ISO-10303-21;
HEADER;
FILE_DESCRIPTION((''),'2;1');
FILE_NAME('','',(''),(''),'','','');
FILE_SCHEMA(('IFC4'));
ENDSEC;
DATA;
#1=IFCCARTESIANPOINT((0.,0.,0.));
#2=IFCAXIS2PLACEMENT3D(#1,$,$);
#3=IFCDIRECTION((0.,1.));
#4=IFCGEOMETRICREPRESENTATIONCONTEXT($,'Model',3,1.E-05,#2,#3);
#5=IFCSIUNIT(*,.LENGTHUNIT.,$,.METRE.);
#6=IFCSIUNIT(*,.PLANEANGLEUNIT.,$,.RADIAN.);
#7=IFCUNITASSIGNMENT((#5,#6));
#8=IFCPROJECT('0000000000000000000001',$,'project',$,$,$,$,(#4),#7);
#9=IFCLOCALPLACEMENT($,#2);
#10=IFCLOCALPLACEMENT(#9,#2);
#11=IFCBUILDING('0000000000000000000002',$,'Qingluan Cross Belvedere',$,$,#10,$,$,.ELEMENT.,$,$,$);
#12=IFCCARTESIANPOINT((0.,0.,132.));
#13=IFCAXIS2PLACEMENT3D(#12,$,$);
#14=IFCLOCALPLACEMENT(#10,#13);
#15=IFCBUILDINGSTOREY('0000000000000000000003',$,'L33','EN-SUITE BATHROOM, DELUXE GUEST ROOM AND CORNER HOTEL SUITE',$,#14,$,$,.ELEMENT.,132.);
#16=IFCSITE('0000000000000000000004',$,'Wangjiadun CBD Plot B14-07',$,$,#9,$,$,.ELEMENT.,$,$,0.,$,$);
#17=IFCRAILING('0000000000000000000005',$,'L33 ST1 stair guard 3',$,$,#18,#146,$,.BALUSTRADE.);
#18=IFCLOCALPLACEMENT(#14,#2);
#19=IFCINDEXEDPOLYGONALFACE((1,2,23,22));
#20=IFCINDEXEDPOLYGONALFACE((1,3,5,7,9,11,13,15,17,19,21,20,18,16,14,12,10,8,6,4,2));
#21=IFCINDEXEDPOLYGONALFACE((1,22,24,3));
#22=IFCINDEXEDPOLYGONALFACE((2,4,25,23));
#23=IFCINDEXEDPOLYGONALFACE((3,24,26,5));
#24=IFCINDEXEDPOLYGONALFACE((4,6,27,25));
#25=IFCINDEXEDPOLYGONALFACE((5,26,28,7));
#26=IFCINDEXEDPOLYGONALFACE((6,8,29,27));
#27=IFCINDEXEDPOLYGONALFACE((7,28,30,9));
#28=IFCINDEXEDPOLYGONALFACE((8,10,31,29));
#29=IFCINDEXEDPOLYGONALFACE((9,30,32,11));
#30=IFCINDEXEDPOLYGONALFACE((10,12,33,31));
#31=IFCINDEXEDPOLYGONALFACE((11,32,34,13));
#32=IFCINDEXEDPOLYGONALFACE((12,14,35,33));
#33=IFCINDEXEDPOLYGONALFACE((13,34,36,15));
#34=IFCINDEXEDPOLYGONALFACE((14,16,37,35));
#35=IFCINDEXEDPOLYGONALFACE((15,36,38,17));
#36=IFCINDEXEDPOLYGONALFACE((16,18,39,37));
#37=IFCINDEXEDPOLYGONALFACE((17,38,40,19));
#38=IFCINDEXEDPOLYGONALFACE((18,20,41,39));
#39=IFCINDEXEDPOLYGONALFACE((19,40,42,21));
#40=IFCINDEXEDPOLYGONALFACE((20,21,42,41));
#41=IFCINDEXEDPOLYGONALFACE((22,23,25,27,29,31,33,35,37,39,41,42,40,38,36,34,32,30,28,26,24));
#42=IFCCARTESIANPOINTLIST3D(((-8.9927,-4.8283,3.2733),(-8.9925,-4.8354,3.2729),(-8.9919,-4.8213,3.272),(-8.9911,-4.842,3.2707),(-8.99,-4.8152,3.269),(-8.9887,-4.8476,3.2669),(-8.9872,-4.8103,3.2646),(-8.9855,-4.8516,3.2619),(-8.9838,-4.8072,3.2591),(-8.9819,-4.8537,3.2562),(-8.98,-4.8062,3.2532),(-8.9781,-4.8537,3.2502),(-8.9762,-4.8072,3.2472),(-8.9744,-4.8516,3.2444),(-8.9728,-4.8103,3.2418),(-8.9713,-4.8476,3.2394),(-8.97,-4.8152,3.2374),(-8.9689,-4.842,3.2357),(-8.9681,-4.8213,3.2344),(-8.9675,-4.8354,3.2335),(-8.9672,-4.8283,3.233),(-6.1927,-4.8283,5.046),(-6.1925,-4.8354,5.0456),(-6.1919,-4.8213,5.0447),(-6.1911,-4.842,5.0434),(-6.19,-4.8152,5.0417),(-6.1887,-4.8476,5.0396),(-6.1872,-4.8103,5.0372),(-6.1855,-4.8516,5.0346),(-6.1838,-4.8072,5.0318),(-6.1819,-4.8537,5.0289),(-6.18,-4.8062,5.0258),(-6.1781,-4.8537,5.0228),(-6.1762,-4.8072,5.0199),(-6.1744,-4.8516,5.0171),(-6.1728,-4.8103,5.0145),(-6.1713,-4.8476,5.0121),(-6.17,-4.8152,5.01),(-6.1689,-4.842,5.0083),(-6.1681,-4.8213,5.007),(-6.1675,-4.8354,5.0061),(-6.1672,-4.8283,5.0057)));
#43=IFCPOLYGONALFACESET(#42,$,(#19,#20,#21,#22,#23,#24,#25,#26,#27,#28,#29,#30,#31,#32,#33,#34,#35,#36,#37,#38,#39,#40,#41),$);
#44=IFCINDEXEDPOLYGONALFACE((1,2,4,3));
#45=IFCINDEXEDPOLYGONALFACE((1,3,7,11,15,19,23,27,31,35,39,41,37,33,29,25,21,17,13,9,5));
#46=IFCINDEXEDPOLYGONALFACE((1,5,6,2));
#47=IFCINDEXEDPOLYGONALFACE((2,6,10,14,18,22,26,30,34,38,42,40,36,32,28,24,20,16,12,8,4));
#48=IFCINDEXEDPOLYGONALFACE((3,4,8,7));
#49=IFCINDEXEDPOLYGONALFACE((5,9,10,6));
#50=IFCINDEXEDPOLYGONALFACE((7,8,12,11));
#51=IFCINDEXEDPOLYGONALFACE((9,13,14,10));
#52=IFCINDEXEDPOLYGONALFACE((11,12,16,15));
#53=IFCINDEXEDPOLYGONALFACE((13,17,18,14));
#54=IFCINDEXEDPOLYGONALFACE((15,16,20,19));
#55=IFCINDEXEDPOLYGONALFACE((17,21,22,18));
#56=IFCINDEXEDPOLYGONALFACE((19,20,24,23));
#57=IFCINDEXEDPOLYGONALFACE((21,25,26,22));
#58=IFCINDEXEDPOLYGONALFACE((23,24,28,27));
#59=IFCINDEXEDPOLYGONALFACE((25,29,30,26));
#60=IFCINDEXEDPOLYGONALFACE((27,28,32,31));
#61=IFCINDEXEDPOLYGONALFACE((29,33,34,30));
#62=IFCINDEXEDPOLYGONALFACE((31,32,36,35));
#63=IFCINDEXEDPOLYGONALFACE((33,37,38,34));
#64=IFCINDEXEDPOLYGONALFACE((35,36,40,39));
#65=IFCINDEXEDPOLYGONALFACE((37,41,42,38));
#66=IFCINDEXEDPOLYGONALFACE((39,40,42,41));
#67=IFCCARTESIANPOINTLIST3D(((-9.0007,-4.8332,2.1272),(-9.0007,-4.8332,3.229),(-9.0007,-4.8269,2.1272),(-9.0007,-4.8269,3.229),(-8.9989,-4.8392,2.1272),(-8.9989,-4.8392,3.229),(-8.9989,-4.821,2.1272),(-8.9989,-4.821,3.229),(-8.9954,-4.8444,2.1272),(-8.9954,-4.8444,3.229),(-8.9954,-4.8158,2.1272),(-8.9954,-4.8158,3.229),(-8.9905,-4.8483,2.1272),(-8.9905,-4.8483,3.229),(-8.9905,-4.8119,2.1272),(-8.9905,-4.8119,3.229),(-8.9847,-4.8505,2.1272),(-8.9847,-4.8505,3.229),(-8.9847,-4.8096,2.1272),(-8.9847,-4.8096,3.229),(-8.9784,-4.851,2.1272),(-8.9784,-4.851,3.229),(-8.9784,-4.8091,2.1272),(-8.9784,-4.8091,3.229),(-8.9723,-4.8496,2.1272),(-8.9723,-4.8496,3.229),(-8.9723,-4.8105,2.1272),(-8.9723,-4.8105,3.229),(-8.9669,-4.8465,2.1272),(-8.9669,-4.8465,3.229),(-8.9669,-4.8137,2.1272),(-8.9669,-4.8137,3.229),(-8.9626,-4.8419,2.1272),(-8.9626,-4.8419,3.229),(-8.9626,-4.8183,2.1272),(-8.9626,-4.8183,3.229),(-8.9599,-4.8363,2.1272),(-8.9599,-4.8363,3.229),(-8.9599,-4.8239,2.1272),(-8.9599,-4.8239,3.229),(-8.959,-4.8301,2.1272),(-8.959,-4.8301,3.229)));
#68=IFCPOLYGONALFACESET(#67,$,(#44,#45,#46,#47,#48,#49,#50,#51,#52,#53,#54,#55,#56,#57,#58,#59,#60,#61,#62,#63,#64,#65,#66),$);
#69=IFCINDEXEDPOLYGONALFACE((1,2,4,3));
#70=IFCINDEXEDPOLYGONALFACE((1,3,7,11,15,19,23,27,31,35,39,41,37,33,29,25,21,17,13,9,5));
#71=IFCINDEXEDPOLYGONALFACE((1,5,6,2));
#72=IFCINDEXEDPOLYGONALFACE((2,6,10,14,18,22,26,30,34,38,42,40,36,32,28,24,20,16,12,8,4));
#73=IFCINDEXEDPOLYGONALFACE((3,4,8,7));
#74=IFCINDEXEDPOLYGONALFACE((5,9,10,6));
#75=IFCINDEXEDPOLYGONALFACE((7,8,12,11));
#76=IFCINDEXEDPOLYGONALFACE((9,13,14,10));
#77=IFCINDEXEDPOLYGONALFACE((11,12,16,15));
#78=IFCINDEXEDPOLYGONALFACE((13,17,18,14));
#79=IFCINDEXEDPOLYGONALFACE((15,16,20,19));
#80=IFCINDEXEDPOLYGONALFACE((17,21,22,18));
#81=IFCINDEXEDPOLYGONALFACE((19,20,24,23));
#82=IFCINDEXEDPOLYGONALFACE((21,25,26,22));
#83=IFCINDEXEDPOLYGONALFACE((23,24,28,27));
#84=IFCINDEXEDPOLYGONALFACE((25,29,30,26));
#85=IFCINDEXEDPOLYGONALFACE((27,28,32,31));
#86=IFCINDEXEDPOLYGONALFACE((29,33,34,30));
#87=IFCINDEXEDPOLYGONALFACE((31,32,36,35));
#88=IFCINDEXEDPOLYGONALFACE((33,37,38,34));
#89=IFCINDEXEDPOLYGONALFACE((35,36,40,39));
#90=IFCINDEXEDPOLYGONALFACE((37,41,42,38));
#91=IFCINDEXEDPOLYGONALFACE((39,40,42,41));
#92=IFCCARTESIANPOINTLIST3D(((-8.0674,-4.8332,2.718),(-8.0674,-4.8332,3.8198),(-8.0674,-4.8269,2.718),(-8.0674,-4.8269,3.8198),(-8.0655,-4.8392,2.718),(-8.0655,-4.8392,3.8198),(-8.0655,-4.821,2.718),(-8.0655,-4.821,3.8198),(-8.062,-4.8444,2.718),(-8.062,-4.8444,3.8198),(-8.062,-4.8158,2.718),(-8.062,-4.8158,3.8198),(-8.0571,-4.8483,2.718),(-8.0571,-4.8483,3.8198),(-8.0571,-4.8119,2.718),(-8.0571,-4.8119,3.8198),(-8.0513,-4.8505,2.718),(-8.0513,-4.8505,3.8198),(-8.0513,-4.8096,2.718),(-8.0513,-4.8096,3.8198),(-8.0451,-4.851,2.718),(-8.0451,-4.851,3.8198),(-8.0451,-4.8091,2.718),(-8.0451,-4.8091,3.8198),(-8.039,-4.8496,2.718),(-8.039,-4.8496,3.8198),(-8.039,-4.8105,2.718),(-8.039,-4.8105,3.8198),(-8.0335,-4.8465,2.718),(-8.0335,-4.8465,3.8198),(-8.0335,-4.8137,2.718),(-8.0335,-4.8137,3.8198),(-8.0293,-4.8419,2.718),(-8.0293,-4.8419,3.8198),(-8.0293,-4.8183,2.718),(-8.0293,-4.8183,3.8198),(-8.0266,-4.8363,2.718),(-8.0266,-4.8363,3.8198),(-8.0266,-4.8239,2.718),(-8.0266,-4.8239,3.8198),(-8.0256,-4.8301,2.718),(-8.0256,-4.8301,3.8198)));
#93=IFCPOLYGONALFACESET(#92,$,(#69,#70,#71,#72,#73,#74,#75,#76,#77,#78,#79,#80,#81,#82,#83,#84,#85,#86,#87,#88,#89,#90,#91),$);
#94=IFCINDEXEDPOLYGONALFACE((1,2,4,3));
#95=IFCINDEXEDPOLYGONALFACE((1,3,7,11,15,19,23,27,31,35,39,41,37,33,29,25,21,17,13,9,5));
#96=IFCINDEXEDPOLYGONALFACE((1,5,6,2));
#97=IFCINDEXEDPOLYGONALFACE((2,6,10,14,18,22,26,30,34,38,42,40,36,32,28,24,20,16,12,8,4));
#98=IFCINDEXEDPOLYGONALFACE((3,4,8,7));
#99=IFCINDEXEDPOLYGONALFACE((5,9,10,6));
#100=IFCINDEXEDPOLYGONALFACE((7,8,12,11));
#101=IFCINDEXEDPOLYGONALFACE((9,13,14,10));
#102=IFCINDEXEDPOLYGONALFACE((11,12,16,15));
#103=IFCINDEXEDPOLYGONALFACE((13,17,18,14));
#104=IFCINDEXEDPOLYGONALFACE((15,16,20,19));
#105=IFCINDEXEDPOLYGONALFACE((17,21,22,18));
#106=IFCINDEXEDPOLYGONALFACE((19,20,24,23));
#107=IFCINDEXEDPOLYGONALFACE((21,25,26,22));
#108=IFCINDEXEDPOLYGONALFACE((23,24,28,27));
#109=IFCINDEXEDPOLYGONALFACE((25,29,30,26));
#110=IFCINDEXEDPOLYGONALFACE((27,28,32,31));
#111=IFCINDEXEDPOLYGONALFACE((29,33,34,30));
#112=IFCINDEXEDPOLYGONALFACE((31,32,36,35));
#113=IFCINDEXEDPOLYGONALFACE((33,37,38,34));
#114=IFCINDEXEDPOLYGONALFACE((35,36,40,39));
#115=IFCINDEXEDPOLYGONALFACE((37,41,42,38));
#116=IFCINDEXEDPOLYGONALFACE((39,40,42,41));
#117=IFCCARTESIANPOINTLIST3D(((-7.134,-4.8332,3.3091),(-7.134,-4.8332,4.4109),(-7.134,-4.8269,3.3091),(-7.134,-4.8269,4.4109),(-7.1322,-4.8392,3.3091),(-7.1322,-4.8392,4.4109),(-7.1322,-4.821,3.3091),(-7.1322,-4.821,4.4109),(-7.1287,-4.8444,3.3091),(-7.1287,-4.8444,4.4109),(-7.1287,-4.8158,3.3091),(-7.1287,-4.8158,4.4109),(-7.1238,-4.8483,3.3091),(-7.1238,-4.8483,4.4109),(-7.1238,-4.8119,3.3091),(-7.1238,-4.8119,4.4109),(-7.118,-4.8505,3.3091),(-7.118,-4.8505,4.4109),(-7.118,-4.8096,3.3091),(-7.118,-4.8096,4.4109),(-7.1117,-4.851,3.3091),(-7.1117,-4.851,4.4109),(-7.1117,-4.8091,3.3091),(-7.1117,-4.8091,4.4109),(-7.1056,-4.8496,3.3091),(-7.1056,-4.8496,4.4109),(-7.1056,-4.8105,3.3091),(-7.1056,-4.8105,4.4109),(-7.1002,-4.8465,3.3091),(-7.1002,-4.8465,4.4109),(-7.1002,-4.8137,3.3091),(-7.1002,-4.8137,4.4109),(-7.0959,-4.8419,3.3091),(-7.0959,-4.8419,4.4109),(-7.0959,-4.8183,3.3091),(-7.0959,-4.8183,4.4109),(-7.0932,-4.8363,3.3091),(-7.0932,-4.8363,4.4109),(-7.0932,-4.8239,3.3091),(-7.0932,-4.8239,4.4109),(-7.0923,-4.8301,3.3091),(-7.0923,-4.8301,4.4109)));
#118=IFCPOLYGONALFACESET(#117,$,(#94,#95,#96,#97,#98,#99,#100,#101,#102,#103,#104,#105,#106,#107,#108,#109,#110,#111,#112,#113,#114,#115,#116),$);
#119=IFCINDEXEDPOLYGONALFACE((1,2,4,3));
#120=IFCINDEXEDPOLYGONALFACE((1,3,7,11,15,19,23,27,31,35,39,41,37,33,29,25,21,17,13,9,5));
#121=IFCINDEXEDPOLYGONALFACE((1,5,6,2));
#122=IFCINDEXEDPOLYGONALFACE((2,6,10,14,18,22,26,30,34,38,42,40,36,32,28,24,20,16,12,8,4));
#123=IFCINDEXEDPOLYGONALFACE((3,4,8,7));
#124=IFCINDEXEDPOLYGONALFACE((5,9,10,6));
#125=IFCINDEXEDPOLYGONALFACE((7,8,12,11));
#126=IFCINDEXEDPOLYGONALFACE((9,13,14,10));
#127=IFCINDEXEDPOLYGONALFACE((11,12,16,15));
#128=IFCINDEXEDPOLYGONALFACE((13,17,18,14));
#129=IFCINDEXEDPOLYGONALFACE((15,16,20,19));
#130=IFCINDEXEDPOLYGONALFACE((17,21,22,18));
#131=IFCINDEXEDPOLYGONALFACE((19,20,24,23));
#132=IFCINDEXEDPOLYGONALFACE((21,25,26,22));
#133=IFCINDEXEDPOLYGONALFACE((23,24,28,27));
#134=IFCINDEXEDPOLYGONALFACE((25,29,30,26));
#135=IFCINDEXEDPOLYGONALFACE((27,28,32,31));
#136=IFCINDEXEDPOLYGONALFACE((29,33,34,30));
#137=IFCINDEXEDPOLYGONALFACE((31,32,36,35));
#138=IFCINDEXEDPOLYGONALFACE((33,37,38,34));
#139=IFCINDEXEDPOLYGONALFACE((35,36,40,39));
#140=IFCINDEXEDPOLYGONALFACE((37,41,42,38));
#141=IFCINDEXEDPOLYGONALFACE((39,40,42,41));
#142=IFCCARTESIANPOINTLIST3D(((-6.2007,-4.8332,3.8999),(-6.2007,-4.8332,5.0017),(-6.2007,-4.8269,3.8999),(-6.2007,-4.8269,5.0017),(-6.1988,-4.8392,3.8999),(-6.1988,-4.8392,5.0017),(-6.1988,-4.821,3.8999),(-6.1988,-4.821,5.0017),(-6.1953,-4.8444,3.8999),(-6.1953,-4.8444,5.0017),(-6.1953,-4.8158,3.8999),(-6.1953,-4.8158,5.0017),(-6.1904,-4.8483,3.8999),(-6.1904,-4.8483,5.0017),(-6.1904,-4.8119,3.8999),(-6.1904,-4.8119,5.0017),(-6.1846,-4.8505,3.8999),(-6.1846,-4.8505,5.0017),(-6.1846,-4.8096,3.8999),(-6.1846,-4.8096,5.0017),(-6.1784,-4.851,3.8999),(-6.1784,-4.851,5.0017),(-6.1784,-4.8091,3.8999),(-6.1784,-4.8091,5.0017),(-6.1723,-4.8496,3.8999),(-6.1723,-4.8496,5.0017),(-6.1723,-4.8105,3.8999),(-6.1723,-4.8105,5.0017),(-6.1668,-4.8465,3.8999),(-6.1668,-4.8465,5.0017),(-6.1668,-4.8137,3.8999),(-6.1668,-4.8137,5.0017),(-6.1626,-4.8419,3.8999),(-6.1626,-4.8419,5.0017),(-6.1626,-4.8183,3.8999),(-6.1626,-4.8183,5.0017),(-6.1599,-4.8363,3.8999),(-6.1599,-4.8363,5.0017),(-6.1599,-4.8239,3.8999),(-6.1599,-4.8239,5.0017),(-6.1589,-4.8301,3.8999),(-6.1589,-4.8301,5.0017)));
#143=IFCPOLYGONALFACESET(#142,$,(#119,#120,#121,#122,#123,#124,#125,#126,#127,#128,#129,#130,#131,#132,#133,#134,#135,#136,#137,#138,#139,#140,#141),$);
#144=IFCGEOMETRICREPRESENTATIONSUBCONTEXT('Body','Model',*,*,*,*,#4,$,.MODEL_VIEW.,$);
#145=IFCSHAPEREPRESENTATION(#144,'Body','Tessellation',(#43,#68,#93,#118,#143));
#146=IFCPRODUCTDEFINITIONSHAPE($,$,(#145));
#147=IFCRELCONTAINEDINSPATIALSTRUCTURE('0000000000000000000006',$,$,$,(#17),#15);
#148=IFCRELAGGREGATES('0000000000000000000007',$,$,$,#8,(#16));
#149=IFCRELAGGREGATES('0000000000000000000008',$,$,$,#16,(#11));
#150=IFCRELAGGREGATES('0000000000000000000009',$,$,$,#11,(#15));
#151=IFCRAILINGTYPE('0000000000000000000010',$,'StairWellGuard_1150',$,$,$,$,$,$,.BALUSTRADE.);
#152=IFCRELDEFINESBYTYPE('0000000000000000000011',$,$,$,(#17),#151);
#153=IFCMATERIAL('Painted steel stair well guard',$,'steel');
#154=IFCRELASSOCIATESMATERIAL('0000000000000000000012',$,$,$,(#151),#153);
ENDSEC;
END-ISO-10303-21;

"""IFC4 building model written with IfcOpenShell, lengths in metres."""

from ifc_helpers import new_model, si_unit, direction, frame, origin, origin_2d, place, context, subcontext, project, spatial, circle, extrude, material, type_object, element, save


model = new_model("IFC4")

# Units and contexts
model_context = context("Model", 3, precision=1e-05, world=origin(), true_north=direction((0.0, 1.0)))
body_context = subcontext(model_context, "Body", "Model", "MODEL_VIEW")
ifc_project = project(units=[si_unit("LENGTHUNIT", "METRE"), si_unit("PLANEANGLEUNIT", "RADIAN")], contexts=[model_context])

# Site, building, storey
site_placement = place(None, origin())
site = spatial("IfcSite", under=ifc_project, at=site_placement, Name="Wangjiadun CBD Plot B14-07", CompositionType="ELEMENT", RefElevation=0.0)
building_placement = place(site_placement, origin())
building = spatial("IfcBuilding", under=site, at=building_placement, Name="Qingluan Cross Belvedere", CompositionType="ELEMENT")
storey_placement = place(building_placement, frame((0.0, 0.0, 132.0)))
storey = spatial("IfcBuildingStorey", under=building, at=storey_placement, Name="L33", Description="EN-SUITE BATHROOM, DELUXE GUEST ROOM AND CORNER HOTEL SUITE", CompositionType="ELEMENT", Elevation=132.0)

# Railing
ifc_material_1 = material(Name="Painted steel stair well guard", Category="steel")
railing_type_1 = type_object("IfcRailingType", Name="StairWellGuard_1150", PredefinedType="BALUSTRADE", material=ifc_material_1)
railing_1_placement = place(storey_placement, frame((-8.98, -4.8301, 2.1272)))
element("IfcRailing", 1, at=railing_1_placement, inside=storey, type_object=railing_type_1, Name="L33 ST1 stair guard 3", PredefinedType="BALUSTRADE", context=body_context, shape_type="SweptSolid", body=[
    extrude(circle(Radius=0.0239, at=origin_2d()), frame((0.0, 0.0, 1.126), z_axis=(0.844909, 0.0, 0.53491), x_axis=(0.0, 1.0, 0.0)), (0.0, 0.0, 1.0), 3.314),
    extrude(circle(Radius=0.021, at=origin_2d()), origin(), (0.0, 0.0, 1.0), 1.1018),
    extrude(circle(Radius=0.021, at=origin_2d()), frame((0.9333, 0.0, 0.5908)), (0.0, 0.0, 1.0), 1.1018),
    extrude(circle(Radius=0.021, at=origin_2d()), frame((1.8667, 0.0, 1.1819)), (0.0, 0.0, 1.0), 1.1018),
    extrude(circle(Radius=0.021, at=origin_2d()), frame((2.8, 0.0, 1.7727)), (0.0, 0.0, 1.0), 1.1018),
])

save(model, "model.ifc")
